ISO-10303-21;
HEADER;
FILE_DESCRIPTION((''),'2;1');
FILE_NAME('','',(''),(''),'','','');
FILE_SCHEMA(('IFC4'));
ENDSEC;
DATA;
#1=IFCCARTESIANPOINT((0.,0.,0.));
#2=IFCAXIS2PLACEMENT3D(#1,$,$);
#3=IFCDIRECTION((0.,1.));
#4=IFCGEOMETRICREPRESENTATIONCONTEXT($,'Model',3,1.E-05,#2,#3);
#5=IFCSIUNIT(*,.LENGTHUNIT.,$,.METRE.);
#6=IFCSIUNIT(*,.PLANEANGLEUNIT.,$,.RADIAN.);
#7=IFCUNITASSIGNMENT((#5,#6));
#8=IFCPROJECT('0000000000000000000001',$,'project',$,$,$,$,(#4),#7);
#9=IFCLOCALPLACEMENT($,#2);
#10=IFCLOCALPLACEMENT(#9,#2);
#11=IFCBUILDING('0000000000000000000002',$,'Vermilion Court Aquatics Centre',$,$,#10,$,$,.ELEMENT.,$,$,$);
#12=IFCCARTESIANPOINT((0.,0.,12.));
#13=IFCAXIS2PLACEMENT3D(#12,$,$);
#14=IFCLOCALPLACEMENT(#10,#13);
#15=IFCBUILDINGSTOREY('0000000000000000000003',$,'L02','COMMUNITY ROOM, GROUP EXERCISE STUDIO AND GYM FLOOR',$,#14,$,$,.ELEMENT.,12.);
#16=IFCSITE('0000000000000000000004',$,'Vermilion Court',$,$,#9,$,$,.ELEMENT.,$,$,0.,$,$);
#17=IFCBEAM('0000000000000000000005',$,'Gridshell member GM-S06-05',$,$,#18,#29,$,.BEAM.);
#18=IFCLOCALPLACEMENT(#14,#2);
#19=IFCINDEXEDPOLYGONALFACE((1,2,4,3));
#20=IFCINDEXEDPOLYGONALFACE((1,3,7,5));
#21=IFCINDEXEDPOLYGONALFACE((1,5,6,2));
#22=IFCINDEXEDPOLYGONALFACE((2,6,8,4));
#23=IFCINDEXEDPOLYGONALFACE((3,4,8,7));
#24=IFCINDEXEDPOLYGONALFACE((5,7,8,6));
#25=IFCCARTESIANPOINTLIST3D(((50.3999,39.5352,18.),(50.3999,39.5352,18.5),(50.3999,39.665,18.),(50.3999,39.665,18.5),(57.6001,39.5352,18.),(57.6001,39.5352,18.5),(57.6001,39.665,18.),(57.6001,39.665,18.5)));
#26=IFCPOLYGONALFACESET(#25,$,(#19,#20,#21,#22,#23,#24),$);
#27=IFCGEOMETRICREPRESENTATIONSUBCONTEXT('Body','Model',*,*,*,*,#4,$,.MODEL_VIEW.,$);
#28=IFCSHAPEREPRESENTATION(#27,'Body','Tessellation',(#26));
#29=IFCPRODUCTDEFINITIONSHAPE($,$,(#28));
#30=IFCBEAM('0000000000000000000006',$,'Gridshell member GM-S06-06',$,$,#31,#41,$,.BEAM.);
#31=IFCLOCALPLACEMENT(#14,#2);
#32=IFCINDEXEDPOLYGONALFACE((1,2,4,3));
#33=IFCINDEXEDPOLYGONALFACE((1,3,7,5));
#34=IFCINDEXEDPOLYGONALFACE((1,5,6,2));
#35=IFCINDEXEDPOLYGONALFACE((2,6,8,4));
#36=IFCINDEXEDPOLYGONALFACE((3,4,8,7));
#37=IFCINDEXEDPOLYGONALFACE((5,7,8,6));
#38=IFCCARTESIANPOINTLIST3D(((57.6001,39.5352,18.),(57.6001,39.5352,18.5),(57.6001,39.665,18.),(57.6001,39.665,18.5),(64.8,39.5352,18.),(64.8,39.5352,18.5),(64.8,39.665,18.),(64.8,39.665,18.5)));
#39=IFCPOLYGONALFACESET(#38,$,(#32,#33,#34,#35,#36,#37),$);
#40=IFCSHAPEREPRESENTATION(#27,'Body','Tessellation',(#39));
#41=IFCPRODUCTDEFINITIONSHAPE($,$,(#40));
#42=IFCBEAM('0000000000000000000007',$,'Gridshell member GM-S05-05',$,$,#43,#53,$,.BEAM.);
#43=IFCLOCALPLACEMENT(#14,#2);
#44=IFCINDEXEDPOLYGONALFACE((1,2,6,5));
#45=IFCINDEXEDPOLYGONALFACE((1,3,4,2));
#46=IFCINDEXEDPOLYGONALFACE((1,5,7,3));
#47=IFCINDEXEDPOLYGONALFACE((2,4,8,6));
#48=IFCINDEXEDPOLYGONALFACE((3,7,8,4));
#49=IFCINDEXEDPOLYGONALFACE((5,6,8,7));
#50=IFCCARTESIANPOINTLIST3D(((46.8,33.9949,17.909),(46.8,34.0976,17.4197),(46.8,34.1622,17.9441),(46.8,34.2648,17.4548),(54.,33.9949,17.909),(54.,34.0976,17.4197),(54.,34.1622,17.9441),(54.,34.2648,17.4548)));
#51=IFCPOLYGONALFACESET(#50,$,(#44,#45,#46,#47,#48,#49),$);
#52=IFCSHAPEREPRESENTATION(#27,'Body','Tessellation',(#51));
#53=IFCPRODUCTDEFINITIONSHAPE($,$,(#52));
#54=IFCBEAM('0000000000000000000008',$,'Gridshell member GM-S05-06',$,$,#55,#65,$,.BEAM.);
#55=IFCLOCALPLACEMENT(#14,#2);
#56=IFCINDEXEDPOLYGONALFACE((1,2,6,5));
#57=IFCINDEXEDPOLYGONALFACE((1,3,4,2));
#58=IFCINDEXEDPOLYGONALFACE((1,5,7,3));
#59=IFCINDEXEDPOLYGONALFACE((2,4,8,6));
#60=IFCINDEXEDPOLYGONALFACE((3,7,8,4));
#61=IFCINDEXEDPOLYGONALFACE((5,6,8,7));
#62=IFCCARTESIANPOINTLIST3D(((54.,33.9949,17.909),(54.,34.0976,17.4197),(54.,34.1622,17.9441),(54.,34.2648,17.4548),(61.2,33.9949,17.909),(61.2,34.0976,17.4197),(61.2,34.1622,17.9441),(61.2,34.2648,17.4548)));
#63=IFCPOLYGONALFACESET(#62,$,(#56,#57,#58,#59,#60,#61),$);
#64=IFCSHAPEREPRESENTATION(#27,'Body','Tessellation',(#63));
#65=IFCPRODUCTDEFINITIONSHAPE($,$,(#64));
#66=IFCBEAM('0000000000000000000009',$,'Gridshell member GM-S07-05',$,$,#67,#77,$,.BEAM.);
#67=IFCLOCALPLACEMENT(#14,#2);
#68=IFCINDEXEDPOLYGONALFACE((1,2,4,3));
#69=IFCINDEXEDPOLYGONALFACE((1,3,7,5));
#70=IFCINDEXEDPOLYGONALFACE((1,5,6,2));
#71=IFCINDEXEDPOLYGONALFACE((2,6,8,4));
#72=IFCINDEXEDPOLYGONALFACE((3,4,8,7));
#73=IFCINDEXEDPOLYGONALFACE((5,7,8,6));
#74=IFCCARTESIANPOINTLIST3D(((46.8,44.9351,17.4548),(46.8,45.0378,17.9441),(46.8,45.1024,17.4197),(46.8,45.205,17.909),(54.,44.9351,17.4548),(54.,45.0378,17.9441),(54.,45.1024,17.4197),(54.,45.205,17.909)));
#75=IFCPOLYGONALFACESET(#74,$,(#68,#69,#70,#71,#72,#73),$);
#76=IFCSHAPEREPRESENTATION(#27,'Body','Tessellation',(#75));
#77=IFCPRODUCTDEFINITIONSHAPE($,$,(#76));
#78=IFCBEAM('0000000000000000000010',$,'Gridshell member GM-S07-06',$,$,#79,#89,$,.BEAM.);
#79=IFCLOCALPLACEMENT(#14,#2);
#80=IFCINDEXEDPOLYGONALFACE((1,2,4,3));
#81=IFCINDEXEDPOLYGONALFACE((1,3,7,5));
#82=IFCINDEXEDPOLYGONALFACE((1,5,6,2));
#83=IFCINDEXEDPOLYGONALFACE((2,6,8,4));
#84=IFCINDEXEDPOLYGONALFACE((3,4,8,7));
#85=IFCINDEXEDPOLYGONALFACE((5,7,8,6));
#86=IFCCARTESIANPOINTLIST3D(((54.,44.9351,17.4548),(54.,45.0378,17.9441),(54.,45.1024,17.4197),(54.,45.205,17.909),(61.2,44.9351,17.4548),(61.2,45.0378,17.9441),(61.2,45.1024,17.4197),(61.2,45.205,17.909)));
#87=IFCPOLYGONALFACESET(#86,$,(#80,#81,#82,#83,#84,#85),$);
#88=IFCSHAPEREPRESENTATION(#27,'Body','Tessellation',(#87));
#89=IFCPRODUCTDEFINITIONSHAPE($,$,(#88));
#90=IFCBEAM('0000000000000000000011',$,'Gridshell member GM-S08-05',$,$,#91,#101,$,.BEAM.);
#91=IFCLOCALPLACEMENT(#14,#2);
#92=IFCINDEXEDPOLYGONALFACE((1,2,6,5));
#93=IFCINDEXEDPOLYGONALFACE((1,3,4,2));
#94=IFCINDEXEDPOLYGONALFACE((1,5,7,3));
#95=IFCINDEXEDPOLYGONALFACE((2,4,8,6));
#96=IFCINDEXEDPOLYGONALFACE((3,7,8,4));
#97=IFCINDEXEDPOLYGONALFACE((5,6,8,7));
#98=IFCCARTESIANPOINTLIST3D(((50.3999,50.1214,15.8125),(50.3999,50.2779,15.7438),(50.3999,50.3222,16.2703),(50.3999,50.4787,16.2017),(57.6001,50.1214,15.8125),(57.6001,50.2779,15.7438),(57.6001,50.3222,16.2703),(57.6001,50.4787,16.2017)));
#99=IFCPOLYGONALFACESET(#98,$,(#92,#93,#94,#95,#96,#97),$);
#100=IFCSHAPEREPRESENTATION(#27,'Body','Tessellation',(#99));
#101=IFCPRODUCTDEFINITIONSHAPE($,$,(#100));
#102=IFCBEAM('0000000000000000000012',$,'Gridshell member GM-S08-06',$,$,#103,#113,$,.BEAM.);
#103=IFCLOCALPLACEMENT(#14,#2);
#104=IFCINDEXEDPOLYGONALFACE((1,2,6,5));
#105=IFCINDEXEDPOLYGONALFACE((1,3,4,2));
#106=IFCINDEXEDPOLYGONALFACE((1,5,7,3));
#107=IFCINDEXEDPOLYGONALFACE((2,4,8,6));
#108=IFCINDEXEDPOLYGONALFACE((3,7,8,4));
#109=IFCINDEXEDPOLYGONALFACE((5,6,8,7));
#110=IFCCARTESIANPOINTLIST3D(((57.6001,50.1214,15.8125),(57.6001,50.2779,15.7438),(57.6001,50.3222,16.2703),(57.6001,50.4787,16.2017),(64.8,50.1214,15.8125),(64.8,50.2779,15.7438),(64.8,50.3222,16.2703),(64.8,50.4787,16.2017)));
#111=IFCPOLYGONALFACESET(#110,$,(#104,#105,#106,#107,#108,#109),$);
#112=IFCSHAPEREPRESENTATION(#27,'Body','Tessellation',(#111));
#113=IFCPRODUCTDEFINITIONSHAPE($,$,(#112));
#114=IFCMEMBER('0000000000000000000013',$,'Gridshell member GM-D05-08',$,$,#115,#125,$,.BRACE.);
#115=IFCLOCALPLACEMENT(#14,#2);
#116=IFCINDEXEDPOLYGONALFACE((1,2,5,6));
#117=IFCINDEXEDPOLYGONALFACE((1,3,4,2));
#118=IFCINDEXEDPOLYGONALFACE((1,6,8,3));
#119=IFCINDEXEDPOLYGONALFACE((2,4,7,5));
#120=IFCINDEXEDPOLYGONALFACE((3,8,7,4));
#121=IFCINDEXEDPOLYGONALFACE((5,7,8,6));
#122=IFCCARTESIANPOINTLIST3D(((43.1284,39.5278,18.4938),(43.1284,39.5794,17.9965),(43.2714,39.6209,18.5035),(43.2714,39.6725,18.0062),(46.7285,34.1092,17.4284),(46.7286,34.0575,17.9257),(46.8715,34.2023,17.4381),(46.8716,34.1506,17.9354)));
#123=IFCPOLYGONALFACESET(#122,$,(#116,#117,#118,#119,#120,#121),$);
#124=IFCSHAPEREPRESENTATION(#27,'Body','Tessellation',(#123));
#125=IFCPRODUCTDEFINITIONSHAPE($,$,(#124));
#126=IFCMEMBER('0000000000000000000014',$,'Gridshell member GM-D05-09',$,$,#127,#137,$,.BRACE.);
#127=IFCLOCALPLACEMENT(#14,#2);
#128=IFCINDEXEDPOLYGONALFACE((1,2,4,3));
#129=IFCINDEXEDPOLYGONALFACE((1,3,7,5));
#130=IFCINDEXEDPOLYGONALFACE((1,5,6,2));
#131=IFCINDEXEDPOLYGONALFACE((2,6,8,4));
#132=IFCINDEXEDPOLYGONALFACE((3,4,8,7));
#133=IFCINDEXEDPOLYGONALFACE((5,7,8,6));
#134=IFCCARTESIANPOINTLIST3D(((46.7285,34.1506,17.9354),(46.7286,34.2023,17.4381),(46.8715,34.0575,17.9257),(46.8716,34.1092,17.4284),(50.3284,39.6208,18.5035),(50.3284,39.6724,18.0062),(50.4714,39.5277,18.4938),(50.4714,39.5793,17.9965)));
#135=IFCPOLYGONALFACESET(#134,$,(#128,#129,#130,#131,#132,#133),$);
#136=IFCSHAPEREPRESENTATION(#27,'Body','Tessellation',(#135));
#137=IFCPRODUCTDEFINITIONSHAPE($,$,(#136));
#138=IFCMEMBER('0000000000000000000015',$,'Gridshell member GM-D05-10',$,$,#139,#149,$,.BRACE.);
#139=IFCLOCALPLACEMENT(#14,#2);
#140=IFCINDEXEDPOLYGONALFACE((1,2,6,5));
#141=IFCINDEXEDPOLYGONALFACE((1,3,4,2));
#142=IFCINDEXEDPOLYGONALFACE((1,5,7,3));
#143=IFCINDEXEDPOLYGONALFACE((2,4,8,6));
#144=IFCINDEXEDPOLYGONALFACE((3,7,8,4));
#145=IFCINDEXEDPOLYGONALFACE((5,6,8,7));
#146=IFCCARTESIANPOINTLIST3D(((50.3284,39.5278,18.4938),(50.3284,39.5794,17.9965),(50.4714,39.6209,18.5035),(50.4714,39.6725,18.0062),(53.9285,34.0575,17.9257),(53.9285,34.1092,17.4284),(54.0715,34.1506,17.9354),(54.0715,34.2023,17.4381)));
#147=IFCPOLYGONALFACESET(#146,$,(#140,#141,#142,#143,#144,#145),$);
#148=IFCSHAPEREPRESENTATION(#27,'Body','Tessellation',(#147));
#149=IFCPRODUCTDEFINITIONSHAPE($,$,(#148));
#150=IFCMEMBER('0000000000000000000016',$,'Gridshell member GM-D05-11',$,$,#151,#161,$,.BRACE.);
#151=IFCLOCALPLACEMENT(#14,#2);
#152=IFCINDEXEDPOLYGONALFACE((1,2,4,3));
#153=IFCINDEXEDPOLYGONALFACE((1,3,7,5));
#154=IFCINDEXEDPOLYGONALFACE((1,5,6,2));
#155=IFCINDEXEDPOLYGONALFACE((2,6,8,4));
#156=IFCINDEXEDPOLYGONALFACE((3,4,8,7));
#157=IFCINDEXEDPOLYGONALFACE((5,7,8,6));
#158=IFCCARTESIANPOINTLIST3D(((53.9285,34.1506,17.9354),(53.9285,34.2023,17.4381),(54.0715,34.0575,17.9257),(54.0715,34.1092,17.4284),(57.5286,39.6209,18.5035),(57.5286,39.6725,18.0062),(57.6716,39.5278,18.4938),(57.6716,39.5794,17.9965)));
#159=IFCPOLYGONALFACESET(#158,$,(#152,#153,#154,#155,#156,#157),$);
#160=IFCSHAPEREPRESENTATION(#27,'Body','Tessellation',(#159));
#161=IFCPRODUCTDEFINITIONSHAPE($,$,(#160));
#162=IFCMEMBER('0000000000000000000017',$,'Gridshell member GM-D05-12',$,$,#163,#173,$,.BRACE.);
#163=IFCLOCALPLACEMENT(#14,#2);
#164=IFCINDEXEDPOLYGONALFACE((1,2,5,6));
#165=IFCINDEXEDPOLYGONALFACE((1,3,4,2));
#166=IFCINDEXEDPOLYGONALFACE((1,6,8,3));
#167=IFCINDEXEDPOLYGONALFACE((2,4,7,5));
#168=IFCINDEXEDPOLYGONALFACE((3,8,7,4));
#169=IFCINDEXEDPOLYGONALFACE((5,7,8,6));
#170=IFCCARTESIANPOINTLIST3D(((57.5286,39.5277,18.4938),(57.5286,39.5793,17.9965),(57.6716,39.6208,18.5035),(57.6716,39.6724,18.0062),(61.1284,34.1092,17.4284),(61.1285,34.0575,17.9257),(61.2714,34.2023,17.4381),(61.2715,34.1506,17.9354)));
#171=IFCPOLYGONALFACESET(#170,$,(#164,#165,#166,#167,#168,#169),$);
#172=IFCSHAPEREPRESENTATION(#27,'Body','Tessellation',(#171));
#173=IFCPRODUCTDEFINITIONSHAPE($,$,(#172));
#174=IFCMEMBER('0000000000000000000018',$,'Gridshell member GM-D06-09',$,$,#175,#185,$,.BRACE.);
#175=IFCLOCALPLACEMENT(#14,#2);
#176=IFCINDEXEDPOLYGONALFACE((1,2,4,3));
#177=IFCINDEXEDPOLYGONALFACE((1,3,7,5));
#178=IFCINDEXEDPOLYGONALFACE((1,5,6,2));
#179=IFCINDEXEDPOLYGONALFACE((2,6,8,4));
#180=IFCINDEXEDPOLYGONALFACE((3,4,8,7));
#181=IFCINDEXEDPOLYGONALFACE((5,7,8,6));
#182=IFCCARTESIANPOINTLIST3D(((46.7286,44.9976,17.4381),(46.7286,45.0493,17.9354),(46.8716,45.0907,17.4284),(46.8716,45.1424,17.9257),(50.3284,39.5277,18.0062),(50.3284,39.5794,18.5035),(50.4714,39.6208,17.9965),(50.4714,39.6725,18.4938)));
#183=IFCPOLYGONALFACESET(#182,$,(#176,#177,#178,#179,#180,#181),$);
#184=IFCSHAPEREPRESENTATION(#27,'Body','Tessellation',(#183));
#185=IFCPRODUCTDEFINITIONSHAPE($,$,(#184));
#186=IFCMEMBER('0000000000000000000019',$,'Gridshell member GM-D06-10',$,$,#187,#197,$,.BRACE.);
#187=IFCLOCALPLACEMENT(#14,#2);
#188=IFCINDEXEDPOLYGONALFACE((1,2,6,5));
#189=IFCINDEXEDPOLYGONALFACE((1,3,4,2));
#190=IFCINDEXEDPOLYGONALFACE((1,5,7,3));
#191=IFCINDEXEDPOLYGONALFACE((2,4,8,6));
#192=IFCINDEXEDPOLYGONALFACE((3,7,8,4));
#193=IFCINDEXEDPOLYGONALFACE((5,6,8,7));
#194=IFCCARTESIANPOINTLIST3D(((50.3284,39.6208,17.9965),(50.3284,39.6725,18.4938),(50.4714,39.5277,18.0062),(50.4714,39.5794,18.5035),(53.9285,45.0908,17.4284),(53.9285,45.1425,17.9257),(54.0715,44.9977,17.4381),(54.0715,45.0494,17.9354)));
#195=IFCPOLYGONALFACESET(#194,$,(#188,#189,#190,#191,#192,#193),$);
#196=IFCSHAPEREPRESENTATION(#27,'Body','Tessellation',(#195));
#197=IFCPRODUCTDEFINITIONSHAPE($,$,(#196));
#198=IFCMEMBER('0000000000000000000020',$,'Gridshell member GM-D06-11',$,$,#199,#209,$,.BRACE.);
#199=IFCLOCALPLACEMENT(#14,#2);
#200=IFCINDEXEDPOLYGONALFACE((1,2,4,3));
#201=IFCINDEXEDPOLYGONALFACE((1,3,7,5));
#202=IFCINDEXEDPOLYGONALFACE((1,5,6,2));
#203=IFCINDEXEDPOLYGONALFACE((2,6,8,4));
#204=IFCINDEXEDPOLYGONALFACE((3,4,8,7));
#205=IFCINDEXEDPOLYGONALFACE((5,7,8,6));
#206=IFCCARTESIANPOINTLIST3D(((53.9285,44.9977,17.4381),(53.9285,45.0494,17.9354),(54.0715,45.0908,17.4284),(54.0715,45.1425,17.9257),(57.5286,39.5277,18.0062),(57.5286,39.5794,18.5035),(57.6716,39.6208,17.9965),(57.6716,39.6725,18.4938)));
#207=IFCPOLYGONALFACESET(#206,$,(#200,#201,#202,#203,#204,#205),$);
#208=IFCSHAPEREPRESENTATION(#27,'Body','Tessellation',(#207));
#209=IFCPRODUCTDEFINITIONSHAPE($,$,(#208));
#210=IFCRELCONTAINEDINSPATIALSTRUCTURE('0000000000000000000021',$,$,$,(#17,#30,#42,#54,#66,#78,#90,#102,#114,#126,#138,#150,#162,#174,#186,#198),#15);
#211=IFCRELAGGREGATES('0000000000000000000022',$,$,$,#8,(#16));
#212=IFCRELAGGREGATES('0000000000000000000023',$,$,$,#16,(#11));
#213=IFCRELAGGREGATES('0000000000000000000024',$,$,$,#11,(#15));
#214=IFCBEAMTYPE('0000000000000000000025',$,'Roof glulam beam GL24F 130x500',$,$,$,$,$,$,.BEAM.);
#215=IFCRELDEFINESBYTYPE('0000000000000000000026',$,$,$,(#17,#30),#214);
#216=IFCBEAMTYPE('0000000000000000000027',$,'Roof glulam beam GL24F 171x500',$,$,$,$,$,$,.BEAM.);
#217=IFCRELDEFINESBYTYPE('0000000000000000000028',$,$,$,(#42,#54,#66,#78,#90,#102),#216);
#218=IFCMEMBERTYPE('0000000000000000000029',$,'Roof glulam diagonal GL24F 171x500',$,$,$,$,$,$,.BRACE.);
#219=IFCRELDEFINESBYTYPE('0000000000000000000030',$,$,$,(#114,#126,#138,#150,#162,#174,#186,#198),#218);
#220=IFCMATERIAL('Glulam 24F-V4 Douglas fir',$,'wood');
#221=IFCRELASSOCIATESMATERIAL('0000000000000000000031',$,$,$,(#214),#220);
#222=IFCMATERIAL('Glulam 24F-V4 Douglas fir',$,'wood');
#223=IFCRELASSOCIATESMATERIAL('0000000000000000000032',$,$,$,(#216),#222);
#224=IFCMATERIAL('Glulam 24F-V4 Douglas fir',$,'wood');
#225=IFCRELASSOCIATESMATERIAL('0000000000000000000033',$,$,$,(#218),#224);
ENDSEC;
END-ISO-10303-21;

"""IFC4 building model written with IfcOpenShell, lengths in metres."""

from ifc_helpers import new_model, si_unit, direction, frame, origin, origin_2d, place, context, subcontext, project, spatial, rectangle, extrude, material, material_profile, profile_set, type_object, element, save


model = new_model("IFC4")

# Units and contexts
model_context = context("Model", 3, precision=1e-05, world=origin(), true_north=direction((0.0, 1.0)))
body_context = subcontext(model_context, "Body", "Model", "MODEL_VIEW")
ifc_project = project(units=[si_unit("LENGTHUNIT", "METRE"), si_unit("PLANEANGLEUNIT", "RADIAN")], contexts=[model_context])

# Site, building, storey
site_placement = place(None, origin())
site = spatial("IfcSite", under=ifc_project, at=site_placement, Name="Vermilion Court", CompositionType="ELEMENT", RefElevation=0.0)
building_placement = place(site_placement, origin())
building = spatial("IfcBuilding", under=site, at=building_placement, Name="Vermilion Court Aquatics Centre", CompositionType="ELEMENT")
storey_placement = place(building_placement, frame((0.0, 0.0, 12.0)))
storey = spatial("IfcBuildingStorey", under=building, at=storey_placement, Name="L02", Description="COMMUNITY ROOM, GROUP EXERCISE STUDIO AND GYM FLOOR", CompositionType="ELEMENT", Elevation=12.0)

# Beams
ifc_material_1 = material(Name="Glulam 24F-V4 Douglas fir", Category="wood")
ifc_material_profile_1 = material_profile(ifc_material_1, rectangle(XDim=0.1299, YDim=0.5, at=origin_2d()), Name="GL24F 130x500")
ifc_profile_set_1 = profile_set([ifc_material_profile_1], Name="Glulam 24F-V4 Douglas fir")
beam_type_1 = type_object("IfcBeamType", Name="Roof glulam beam GL24F 130x500", PredefinedType="BEAM", material=ifc_profile_set_1)
beam_1_placement = place(storey_placement, frame((50.3999, 39.6001, 18.25), z_axis=(1.0, 0.0, 0.0), x_axis=(0.0, 1.0, 0.0)))
element("IfcBeam", 1, at=beam_1_placement, inside=storey, type_object=beam_type_1, Name="Gridshell member GM-S06-05", PredefinedType="BEAM", context=body_context, shape_type="SweptSolid", body=[
    extrude(rectangle(XDim=0.1299, YDim=0.5, at=origin_2d()), origin(), (0.0, 0.0, 1.0), 7.2002),
])
beam_2_placement = place(storey_placement, frame((57.6001, 39.6001, 18.25), z_axis=(1.0, 0.0, 0.0), x_axis=(0.0, 1.0, 0.0)))
element("IfcBeam", 2, at=beam_2_placement, inside=storey, type_object=beam_type_1, Name="Gridshell member GM-S06-06", PredefinedType="BEAM", context=body_context, shape_type="SweptSolid", body=[
    extrude(rectangle(XDim=0.1299, YDim=0.5, at=origin_2d()), origin(), (0.0, 0.0, 1.0), 7.2),
])
ifc_material_2 = material(Name="Glulam 24F-V4 Douglas fir", Category="wood")
ifc_material_profile_2 = material_profile(ifc_material_2, rectangle(XDim=0.1709, YDim=0.5, at=origin_2d()), Name="GL24F 171x500")
ifc_profile_set_2 = profile_set([ifc_material_profile_2], Name="Glulam 24F-V4 Douglas fir")
beam_type_2 = type_object("IfcBeamType", Name="Roof glulam beam GL24F 171x500", PredefinedType="BEAM", material=ifc_profile_set_2)
for number, where, z_axis, x_axis, name in (
    (3, (46.8, 34.1299, 17.6819), (1.0, 0.0, 0.0), (0.0, 0.978692, 0.205333), "Gridshell member GM-S05-05"),
    (4, (54.0, 34.1299, 17.6819), (1.0, 0.0, 0.0), (0.0, 0.978692, 0.205333), "Gridshell member GM-S05-06"),
    (5, (46.8, 45.0701, 17.6819), (1.0, 0.0, 0.0), (0.0, 0.978692, -0.205333), "Gridshell member GM-S07-05"),
    (6, (54.0, 45.0701, 17.6819), (1.0, 0.0, 0.0), (0.0, 0.978692, -0.205333), "Gridshell member GM-S07-06"),
):
    element("IfcBeam", number, at=place(storey_placement, frame(where, z_axis=z_axis, x_axis=x_axis)), inside=storey, type_object=beam_type_2, Name=name, PredefinedType="BEAM", context=body_context, shape_type="SweptSolid", body=[
        extrude(rectangle(XDim=0.1709, YDim=0.5, at=origin_2d()), origin(), (0.0, 0.0, 1.0), 7.2),
    ])
beam_3_placement = place(storey_placement, frame((50.3999, 50.3, 16.0071), z_axis=(1.0, 0.0, 0.0), x_axis=(0.0, 0.915794, -0.401648)))
element("IfcBeam", 7, at=beam_3_placement, inside=storey, type_object=beam_type_2, Name="Gridshell member GM-S08-05", PredefinedType="BEAM", context=body_context, shape_type="SweptSolid", body=[
    extrude(rectangle(XDim=0.1709, YDim=0.5, at=origin_2d()), origin(), (0.0, 0.0, 1.0), 7.2002),
])
beam_4_placement = place(storey_placement, frame((57.6001, 50.3, 16.0071), z_axis=(1.0, 0.0, 0.0), x_axis=(0.0, 0.915794, -0.401648)))
element("IfcBeam", 8, at=beam_4_placement, inside=storey, type_object=beam_type_2, Name="Gridshell member GM-S08-06", PredefinedType="BEAM", context=body_context, shape_type="SweptSolid", body=[
    extrude(rectangle(XDim=0.1709, YDim=0.5, at=origin_2d()), origin(), (0.0, 0.0, 1.0), 7.2),
])

# Members
ifc_material_3 = material(Name="Glulam 24F-V4 Douglas fir", Category="wood")
ifc_material_profile_3 = material_profile(ifc_material_3, rectangle(XDim=0.1709, YDim=0.5, at=origin_2d()), Name="GL24F 171x500")
ifc_profile_set_3 = profile_set([ifc_material_profile_3], Name="Glulam 24F-V4 Douglas fir")
member_type_1 = type_object("IfcMemberType", Name="Roof glulam diagonal GL24F 171x500", PredefinedType="BRACE", material=ifc_profile_set_3)
member_1_placement = place(storey_placement, frame((46.8, 34.1299, 17.6819), z_axis=(-0.547695, 0.832202, 0.086429), x_axis=(-0.836678, -0.54477, -0.056532)))
element("IfcMember", 9, at=member_1_placement, inside=storey, type_object=member_type_1, Name="Gridshell member GM-D05-08", PredefinedType="BRACE", context=body_context, shape_type="SweptSolid", body=[
    extrude(rectangle(XDim=0.1709, YDim=0.5, at=origin_2d()), origin(), (0.0, 0.0, 1.0), 6.5732),
])
member_2_placement = place(storey_placement, frame((46.8, 34.1299, 17.6819), z_axis=(0.547669, 0.832219, 0.086431), x_axis=(-0.836695, 0.544743, 0.056532)))
element("IfcMember", 10, at=member_2_placement, inside=storey, type_object=member_type_1, Name="Gridshell member GM-D05-09", PredefinedType="BRACE", context=body_context, shape_type="SweptSolid", body=[
    extrude(rectangle(XDim=0.1709, YDim=0.5, at=origin_2d()), origin(), (0.0, 0.0, 1.0), 6.573),
])
for number, where, z_axis, x_axis, name in (
    (11, (54.0, 34.1299, 17.6819), (-0.547695, 0.832202, 0.086429), (-0.836678, -0.54477, -0.056532), "Gridshell member GM-D05-10"),
    (12, (54.0, 34.1299, 17.6819), (0.547695, 0.832202, 0.086429), (-0.836678, 0.54477, 0.056532), "Gridshell member GM-D05-11"),
):
    element("IfcMember", number, at=place(storey_placement, frame(where, z_axis=z_axis, x_axis=x_axis)), inside=storey, type_object=member_type_1, Name=name, PredefinedType="BRACE", context=body_context, shape_type="SweptSolid", body=[
        extrude(rectangle(XDim=0.1709, YDim=0.5, at=origin_2d()), origin(), (0.0, 0.0, 1.0), 6.5732),
    ])
member_3_placement = place(storey_placement, frame((61.2, 34.1299, 17.6819), z_axis=(-0.547669, 0.832219, 0.086431), x_axis=(-0.836695, -0.544743, -0.056532)))
element("IfcMember", 13, at=member_3_placement, inside=storey, type_object=member_type_1, Name="Gridshell member GM-D05-12", PredefinedType="BRACE", context=body_context, shape_type="SweptSolid", body=[
    extrude(rectangle(XDim=0.1709, YDim=0.5, at=origin_2d()), origin(), (0.0, 0.0, 1.0), 6.573),
])
member_4_placement = place(storey_placement, frame((50.3999, 39.6001, 18.25), z_axis=(-0.547686, 0.832208, -0.086434), x_axis=(-0.836684, -0.54476, 0.056532)))
element("IfcMember", 14, at=member_4_placement, inside=storey, type_object=member_type_1, Name="Gridshell member GM-D06-09", PredefinedType="BRACE", context=body_context, shape_type="SweptSolid", body=[
    extrude(rectangle(XDim=0.1709, YDim=0.5, at=origin_2d()), origin(), (0.0, 0.0, 1.0), 6.5728),
])
for number, where, z_axis, x_axis, name in (
    (15, (50.3999, 39.6001, 18.25), (0.547712, 0.832191, -0.086432), (-0.836667, 0.544787, -0.056532), "Gridshell member GM-D06-10"),
    (16, (57.6001, 39.6001, 18.25), (-0.547712, 0.832191, -0.086432), (-0.836667, -0.544787, 0.056532), "Gridshell member GM-D06-11"),
):
    element("IfcMember", number, at=place(storey_placement, frame(where, z_axis=z_axis, x_axis=x_axis)), inside=storey, type_object=member_type_1, Name=name, PredefinedType="BRACE", context=body_context, shape_type="SweptSolid", body=[
        extrude(rectangle(XDim=0.1709, YDim=0.5, at=origin_2d()), origin(), (0.0, 0.0, 1.0), 6.573),
    ])

save(model, "model.ifc")
